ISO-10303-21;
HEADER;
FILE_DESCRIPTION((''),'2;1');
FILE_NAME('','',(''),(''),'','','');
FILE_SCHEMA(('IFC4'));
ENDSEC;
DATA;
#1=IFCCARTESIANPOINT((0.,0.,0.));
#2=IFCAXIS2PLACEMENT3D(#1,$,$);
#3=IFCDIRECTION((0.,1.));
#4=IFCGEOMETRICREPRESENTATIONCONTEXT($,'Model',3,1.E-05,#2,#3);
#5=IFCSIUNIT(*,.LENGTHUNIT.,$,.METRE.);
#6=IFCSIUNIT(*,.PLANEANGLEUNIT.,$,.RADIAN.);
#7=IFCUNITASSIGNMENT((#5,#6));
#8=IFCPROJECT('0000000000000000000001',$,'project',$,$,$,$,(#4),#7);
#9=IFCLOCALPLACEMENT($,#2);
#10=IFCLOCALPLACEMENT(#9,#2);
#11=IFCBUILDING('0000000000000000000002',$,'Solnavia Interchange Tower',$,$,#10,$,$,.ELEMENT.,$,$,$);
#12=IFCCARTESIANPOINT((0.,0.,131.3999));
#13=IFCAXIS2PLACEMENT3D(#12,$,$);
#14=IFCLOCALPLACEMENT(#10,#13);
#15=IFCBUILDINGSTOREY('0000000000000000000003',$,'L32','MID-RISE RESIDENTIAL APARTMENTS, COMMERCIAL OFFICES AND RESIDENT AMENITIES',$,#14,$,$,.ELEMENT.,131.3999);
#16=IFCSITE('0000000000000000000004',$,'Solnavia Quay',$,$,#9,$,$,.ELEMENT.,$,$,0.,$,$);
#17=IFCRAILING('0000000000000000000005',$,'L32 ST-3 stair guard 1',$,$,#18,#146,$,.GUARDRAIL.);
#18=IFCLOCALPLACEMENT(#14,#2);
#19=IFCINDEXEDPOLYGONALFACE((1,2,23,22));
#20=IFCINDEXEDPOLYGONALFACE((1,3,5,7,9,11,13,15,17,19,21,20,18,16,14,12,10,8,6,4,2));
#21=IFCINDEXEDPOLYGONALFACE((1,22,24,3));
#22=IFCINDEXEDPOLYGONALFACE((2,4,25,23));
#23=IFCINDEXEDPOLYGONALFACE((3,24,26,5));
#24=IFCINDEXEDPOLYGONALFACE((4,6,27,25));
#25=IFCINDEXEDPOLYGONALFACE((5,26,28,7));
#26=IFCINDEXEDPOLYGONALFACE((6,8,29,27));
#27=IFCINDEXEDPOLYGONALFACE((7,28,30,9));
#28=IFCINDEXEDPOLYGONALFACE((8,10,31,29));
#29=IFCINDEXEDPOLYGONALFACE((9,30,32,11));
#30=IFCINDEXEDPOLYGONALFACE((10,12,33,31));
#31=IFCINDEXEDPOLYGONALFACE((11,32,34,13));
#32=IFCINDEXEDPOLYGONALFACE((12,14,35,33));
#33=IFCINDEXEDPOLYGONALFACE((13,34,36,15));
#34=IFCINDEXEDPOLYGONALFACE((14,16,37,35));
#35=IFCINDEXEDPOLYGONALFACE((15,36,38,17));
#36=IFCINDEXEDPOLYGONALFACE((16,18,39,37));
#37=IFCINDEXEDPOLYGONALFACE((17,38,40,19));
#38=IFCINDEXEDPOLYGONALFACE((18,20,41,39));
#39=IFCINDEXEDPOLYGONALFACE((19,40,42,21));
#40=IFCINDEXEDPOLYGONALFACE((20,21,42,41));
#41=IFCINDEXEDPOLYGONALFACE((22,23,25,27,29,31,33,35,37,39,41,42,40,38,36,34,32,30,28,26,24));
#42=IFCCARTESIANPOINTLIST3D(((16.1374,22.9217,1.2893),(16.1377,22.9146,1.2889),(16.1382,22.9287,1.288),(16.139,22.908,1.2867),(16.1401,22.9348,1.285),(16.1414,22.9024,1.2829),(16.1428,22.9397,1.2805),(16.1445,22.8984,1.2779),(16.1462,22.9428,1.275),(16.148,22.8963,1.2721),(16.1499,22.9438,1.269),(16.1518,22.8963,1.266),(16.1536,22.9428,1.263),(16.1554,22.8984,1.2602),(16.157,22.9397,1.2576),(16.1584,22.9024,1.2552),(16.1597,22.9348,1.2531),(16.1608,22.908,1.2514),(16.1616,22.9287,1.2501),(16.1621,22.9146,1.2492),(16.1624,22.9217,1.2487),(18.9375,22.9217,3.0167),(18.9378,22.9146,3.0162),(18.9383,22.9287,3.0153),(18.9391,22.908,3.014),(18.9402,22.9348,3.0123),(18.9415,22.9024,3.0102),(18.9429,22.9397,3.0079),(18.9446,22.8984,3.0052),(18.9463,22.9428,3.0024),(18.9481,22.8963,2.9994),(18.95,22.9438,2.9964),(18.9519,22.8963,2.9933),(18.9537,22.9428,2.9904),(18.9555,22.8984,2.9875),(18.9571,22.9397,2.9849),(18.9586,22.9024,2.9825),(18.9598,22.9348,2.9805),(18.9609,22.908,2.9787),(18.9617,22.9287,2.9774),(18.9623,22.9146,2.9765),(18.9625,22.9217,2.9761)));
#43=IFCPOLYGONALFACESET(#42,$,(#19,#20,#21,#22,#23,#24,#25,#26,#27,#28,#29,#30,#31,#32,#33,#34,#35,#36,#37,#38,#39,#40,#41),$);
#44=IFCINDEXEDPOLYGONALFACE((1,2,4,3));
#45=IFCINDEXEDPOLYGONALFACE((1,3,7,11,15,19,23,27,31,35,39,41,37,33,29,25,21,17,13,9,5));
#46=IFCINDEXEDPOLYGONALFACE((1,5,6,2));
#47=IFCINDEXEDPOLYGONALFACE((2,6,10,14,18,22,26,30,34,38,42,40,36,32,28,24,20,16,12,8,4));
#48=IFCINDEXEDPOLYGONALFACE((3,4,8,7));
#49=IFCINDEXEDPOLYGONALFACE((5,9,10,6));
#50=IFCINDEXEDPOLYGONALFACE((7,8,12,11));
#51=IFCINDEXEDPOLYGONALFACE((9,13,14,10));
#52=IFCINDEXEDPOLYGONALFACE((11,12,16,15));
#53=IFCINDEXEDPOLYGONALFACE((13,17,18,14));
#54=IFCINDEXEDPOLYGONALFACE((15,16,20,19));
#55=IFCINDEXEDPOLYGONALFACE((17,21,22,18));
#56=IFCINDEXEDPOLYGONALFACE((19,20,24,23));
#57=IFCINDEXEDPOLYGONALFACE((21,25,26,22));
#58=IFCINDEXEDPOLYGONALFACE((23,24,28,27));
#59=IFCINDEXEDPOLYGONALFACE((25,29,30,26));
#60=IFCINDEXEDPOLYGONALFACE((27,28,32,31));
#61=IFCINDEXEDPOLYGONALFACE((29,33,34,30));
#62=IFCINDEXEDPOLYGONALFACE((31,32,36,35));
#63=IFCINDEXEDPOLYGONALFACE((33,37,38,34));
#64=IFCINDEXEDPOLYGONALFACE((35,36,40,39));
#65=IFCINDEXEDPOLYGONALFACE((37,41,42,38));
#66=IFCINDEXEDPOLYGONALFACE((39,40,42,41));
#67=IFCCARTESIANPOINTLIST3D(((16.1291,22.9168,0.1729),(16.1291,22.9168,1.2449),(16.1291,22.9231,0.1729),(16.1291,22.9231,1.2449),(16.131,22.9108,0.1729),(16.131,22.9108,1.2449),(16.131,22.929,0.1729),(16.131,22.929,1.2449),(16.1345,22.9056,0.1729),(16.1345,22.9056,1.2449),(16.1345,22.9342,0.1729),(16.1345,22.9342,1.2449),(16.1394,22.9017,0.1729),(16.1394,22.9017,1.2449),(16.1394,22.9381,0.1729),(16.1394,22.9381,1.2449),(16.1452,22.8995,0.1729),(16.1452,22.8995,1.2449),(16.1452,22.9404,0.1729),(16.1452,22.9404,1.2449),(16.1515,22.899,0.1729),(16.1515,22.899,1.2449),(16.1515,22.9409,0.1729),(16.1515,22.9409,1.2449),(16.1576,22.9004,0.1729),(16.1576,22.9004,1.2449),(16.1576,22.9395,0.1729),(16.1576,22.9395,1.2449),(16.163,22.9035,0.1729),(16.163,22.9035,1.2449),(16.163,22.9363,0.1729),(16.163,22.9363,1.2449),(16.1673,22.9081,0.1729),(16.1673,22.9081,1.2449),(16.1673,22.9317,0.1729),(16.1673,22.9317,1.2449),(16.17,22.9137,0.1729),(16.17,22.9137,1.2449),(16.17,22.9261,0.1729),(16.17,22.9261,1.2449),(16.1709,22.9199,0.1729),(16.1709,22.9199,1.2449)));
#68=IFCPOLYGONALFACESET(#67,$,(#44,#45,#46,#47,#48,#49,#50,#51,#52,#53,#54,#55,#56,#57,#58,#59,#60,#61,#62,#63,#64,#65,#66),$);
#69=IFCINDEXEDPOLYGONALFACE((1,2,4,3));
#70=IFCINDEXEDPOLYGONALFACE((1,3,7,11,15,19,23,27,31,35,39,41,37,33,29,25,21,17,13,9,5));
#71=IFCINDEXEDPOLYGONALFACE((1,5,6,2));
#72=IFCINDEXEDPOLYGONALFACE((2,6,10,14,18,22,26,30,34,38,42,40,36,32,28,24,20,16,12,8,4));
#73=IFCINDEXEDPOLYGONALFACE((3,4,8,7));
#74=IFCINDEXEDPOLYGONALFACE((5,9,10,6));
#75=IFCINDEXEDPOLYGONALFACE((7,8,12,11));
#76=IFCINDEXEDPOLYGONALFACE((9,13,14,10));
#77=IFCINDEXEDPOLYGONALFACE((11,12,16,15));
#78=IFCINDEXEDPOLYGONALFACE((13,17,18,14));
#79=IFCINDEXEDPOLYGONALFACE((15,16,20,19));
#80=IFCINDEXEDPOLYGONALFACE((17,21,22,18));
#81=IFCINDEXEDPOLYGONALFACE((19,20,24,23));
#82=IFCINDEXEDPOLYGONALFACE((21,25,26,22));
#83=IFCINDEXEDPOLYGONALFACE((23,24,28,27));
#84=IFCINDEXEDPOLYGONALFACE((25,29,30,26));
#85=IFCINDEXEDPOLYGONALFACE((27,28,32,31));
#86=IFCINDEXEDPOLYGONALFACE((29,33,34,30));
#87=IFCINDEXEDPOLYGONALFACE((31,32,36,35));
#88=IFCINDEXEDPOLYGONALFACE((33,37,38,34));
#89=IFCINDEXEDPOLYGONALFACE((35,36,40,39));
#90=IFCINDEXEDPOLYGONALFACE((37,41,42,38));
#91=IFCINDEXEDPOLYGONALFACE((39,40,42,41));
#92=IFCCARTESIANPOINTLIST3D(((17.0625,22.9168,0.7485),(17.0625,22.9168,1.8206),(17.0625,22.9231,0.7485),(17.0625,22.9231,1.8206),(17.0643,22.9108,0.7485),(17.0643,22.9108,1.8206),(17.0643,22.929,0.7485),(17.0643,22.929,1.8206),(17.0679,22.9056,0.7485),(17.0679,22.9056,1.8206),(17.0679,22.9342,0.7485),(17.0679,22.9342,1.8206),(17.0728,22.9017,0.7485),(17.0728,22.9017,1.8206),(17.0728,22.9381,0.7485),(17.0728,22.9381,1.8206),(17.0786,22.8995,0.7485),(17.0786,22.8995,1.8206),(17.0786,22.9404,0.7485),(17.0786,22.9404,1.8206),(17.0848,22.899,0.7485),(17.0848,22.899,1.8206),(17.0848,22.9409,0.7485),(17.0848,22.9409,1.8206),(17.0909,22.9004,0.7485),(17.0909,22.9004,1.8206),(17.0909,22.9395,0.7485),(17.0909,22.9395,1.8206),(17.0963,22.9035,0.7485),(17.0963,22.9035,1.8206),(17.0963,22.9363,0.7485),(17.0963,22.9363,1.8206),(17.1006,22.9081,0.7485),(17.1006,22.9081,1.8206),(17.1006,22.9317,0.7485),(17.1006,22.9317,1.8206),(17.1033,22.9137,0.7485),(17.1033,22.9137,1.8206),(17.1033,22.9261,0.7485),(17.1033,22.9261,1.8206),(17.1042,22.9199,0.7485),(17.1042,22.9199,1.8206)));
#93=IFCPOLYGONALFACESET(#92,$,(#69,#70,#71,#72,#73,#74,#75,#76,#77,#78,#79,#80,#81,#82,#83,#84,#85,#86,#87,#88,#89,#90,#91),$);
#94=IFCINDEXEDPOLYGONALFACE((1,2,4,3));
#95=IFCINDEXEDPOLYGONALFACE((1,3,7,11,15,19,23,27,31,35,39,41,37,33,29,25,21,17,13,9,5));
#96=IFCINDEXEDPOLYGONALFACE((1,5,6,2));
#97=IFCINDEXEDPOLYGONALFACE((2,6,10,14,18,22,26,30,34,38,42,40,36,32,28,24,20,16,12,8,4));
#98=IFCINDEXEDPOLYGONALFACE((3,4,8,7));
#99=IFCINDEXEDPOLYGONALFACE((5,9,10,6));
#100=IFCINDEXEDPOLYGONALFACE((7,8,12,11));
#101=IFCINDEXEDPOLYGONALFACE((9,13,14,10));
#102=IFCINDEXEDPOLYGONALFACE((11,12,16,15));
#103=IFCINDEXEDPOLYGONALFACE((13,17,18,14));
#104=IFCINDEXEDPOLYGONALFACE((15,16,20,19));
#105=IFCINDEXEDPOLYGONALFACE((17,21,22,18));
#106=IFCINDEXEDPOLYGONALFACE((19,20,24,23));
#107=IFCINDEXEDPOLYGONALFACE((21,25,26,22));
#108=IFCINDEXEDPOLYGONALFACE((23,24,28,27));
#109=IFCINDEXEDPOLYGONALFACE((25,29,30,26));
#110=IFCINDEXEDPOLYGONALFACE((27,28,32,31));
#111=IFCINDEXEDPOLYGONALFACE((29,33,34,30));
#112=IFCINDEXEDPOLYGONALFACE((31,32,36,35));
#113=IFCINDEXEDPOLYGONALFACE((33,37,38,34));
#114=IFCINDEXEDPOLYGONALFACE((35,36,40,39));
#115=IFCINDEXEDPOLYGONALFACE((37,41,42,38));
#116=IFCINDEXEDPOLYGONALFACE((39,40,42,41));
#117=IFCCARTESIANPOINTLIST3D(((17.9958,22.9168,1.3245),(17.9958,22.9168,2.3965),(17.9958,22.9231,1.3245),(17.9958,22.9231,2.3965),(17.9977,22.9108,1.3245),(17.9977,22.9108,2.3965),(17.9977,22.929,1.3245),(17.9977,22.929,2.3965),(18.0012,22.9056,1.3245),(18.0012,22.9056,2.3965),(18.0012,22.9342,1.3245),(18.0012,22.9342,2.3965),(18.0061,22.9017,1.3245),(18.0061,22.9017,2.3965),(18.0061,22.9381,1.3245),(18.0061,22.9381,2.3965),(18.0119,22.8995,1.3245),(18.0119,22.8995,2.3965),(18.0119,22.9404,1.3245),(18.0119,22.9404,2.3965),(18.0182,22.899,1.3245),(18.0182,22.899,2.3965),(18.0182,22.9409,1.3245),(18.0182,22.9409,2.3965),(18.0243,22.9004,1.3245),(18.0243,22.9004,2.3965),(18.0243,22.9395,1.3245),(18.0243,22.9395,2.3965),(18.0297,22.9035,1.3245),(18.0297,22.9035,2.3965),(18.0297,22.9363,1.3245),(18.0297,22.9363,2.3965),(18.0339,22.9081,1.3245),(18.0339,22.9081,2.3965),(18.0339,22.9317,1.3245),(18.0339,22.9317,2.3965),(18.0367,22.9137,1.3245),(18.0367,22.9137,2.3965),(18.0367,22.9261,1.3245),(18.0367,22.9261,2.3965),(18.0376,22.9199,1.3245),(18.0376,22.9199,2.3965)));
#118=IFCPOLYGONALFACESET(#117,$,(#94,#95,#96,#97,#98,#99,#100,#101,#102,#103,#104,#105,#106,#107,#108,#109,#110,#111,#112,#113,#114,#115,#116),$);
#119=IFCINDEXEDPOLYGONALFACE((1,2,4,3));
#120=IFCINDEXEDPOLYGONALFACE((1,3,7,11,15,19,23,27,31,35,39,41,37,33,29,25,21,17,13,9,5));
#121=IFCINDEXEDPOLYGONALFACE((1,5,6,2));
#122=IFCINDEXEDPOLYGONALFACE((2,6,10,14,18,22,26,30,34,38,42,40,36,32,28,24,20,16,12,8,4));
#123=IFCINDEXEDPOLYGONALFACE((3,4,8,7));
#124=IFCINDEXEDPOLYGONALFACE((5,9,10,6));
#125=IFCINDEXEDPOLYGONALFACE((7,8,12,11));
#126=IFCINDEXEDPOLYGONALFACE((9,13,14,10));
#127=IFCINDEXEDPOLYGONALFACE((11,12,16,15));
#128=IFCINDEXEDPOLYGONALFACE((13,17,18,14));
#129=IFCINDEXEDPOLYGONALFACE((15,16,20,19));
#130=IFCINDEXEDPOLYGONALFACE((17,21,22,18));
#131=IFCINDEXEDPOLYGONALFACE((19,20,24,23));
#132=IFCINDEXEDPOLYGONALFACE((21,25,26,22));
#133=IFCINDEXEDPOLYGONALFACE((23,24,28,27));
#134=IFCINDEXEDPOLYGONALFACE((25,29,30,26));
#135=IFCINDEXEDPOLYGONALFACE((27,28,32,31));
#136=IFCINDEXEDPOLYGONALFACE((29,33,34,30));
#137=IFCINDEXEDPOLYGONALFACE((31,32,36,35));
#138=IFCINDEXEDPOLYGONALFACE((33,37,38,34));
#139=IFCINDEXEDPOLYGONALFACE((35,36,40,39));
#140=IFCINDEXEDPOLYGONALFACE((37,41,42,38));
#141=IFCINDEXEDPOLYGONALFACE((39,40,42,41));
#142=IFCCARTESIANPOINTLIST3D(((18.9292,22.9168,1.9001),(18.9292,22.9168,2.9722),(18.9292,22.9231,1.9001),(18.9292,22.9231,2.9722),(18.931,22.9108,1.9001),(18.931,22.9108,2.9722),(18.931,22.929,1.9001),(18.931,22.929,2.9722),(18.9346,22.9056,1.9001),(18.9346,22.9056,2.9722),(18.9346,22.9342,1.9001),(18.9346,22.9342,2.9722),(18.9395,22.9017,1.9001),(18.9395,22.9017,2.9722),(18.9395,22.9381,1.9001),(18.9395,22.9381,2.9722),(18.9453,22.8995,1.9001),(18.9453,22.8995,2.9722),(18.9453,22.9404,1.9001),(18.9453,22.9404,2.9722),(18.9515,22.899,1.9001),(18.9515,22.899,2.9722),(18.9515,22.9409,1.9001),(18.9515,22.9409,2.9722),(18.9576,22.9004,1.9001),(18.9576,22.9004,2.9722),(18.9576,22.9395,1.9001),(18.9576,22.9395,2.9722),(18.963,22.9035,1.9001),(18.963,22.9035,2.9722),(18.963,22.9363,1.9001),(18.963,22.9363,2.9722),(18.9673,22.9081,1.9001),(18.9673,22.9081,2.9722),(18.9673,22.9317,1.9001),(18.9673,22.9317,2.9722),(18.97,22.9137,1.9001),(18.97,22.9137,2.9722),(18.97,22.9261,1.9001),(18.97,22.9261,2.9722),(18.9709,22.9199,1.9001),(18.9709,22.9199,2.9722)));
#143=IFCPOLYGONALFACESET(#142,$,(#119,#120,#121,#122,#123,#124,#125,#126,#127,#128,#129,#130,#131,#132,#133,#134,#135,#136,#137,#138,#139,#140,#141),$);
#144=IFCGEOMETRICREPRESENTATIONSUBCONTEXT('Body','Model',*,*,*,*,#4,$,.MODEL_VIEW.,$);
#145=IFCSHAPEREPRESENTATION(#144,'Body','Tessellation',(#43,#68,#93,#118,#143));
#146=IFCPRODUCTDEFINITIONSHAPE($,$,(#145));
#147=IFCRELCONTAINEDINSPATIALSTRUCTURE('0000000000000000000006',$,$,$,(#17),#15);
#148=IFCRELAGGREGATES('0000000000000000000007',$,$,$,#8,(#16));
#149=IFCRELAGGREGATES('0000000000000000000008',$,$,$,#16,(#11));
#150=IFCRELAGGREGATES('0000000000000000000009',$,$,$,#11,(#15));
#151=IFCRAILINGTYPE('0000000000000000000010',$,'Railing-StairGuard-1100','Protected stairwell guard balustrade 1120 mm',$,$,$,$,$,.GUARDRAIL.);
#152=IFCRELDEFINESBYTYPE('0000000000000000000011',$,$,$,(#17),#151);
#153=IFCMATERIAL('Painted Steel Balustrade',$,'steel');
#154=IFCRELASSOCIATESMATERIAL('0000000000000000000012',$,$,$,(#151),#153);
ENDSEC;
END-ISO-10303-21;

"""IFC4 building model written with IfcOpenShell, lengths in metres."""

from ifc_helpers import new_model, si_unit, direction, frame, origin, origin_2d, place, context, subcontext, project, spatial, circle, extrude, material, type_object, element, save


model = new_model("IFC4")

# Units and contexts
model_context = context("Model", 3, precision=1e-05, world=origin(), true_north=direction((0.0, 1.0)))
body_context = subcontext(model_context, "Body", "Model", "MODEL_VIEW")
ifc_project = project(units=[si_unit("LENGTHUNIT", "METRE"), si_unit("PLANEANGLEUNIT", "RADIAN")], contexts=[model_context])

# Site, building, storey
site_placement = place(None, origin())
site = spatial("IfcSite", under=ifc_project, at=site_placement, Name="Solnavia Quay", CompositionType="ELEMENT", RefElevation=0.0)
building_placement = place(site_placement, origin())
building = spatial("IfcBuilding", under=site, at=building_placement, Name="Solnavia Interchange Tower", CompositionType="ELEMENT")
storey_placement = place(building_placement, frame((0.0, 0.0, 131.3999)))
storey = spatial("IfcBuildingStorey", under=building, at=storey_placement, Name="L32", Description="MID-RISE RESIDENTIAL APARTMENTS, COMMERCIAL OFFICES AND RESIDENT AMENITIES", CompositionType="ELEMENT", Elevation=131.3999)

# Railing
ifc_material_1 = material(Name="Painted Steel Balustrade", Category="steel")
railing_type_1 = type_object("IfcRailingType", Name="Railing-StairGuard-1100", Description="Protected stairwell guard balustrade 1120 mm", PredefinedType="GUARDRAIL", material=ifc_material_1)
railing_1_placement = place(storey_placement, frame((16.1499, 22.9199, 0.1729)))
element("IfcRailing", 1, at=railing_1_placement, inside=storey, type_object=railing_type_1, Name="L32 ST-3 stair guard 1", PredefinedType="GUARDRAIL", context=body_context, shape_type="SweptSolid", body=[
    extrude(circle(Radius=0.0239, at=origin_2d()), frame((0.0, 0.0, 1.0962), z_axis=(0.85109, 0.0, 0.52502), x_axis=(0.0, 1.0, 0.0)), (0.0, 0.0, 1.0), 3.29),
    extrude(circle(Radius=0.021, at=origin_2d()), origin(), (0.0, 0.0, 1.0), 1.072),
    extrude(circle(Radius=0.021, at=origin_2d()), frame((0.9333, 0.0, 0.5757)), (0.0, 0.0, 1.0), 1.072),
    extrude(circle(Radius=0.021, at=origin_2d()), frame((1.8667, 0.0, 1.1516)), (0.0, 0.0, 1.0), 1.072),
    extrude(circle(Radius=0.021, at=origin_2d()), frame((2.8, 0.0, 1.7273)), (0.0, 0.0, 1.0), 1.072),
])

save(model, "model.ifc")
